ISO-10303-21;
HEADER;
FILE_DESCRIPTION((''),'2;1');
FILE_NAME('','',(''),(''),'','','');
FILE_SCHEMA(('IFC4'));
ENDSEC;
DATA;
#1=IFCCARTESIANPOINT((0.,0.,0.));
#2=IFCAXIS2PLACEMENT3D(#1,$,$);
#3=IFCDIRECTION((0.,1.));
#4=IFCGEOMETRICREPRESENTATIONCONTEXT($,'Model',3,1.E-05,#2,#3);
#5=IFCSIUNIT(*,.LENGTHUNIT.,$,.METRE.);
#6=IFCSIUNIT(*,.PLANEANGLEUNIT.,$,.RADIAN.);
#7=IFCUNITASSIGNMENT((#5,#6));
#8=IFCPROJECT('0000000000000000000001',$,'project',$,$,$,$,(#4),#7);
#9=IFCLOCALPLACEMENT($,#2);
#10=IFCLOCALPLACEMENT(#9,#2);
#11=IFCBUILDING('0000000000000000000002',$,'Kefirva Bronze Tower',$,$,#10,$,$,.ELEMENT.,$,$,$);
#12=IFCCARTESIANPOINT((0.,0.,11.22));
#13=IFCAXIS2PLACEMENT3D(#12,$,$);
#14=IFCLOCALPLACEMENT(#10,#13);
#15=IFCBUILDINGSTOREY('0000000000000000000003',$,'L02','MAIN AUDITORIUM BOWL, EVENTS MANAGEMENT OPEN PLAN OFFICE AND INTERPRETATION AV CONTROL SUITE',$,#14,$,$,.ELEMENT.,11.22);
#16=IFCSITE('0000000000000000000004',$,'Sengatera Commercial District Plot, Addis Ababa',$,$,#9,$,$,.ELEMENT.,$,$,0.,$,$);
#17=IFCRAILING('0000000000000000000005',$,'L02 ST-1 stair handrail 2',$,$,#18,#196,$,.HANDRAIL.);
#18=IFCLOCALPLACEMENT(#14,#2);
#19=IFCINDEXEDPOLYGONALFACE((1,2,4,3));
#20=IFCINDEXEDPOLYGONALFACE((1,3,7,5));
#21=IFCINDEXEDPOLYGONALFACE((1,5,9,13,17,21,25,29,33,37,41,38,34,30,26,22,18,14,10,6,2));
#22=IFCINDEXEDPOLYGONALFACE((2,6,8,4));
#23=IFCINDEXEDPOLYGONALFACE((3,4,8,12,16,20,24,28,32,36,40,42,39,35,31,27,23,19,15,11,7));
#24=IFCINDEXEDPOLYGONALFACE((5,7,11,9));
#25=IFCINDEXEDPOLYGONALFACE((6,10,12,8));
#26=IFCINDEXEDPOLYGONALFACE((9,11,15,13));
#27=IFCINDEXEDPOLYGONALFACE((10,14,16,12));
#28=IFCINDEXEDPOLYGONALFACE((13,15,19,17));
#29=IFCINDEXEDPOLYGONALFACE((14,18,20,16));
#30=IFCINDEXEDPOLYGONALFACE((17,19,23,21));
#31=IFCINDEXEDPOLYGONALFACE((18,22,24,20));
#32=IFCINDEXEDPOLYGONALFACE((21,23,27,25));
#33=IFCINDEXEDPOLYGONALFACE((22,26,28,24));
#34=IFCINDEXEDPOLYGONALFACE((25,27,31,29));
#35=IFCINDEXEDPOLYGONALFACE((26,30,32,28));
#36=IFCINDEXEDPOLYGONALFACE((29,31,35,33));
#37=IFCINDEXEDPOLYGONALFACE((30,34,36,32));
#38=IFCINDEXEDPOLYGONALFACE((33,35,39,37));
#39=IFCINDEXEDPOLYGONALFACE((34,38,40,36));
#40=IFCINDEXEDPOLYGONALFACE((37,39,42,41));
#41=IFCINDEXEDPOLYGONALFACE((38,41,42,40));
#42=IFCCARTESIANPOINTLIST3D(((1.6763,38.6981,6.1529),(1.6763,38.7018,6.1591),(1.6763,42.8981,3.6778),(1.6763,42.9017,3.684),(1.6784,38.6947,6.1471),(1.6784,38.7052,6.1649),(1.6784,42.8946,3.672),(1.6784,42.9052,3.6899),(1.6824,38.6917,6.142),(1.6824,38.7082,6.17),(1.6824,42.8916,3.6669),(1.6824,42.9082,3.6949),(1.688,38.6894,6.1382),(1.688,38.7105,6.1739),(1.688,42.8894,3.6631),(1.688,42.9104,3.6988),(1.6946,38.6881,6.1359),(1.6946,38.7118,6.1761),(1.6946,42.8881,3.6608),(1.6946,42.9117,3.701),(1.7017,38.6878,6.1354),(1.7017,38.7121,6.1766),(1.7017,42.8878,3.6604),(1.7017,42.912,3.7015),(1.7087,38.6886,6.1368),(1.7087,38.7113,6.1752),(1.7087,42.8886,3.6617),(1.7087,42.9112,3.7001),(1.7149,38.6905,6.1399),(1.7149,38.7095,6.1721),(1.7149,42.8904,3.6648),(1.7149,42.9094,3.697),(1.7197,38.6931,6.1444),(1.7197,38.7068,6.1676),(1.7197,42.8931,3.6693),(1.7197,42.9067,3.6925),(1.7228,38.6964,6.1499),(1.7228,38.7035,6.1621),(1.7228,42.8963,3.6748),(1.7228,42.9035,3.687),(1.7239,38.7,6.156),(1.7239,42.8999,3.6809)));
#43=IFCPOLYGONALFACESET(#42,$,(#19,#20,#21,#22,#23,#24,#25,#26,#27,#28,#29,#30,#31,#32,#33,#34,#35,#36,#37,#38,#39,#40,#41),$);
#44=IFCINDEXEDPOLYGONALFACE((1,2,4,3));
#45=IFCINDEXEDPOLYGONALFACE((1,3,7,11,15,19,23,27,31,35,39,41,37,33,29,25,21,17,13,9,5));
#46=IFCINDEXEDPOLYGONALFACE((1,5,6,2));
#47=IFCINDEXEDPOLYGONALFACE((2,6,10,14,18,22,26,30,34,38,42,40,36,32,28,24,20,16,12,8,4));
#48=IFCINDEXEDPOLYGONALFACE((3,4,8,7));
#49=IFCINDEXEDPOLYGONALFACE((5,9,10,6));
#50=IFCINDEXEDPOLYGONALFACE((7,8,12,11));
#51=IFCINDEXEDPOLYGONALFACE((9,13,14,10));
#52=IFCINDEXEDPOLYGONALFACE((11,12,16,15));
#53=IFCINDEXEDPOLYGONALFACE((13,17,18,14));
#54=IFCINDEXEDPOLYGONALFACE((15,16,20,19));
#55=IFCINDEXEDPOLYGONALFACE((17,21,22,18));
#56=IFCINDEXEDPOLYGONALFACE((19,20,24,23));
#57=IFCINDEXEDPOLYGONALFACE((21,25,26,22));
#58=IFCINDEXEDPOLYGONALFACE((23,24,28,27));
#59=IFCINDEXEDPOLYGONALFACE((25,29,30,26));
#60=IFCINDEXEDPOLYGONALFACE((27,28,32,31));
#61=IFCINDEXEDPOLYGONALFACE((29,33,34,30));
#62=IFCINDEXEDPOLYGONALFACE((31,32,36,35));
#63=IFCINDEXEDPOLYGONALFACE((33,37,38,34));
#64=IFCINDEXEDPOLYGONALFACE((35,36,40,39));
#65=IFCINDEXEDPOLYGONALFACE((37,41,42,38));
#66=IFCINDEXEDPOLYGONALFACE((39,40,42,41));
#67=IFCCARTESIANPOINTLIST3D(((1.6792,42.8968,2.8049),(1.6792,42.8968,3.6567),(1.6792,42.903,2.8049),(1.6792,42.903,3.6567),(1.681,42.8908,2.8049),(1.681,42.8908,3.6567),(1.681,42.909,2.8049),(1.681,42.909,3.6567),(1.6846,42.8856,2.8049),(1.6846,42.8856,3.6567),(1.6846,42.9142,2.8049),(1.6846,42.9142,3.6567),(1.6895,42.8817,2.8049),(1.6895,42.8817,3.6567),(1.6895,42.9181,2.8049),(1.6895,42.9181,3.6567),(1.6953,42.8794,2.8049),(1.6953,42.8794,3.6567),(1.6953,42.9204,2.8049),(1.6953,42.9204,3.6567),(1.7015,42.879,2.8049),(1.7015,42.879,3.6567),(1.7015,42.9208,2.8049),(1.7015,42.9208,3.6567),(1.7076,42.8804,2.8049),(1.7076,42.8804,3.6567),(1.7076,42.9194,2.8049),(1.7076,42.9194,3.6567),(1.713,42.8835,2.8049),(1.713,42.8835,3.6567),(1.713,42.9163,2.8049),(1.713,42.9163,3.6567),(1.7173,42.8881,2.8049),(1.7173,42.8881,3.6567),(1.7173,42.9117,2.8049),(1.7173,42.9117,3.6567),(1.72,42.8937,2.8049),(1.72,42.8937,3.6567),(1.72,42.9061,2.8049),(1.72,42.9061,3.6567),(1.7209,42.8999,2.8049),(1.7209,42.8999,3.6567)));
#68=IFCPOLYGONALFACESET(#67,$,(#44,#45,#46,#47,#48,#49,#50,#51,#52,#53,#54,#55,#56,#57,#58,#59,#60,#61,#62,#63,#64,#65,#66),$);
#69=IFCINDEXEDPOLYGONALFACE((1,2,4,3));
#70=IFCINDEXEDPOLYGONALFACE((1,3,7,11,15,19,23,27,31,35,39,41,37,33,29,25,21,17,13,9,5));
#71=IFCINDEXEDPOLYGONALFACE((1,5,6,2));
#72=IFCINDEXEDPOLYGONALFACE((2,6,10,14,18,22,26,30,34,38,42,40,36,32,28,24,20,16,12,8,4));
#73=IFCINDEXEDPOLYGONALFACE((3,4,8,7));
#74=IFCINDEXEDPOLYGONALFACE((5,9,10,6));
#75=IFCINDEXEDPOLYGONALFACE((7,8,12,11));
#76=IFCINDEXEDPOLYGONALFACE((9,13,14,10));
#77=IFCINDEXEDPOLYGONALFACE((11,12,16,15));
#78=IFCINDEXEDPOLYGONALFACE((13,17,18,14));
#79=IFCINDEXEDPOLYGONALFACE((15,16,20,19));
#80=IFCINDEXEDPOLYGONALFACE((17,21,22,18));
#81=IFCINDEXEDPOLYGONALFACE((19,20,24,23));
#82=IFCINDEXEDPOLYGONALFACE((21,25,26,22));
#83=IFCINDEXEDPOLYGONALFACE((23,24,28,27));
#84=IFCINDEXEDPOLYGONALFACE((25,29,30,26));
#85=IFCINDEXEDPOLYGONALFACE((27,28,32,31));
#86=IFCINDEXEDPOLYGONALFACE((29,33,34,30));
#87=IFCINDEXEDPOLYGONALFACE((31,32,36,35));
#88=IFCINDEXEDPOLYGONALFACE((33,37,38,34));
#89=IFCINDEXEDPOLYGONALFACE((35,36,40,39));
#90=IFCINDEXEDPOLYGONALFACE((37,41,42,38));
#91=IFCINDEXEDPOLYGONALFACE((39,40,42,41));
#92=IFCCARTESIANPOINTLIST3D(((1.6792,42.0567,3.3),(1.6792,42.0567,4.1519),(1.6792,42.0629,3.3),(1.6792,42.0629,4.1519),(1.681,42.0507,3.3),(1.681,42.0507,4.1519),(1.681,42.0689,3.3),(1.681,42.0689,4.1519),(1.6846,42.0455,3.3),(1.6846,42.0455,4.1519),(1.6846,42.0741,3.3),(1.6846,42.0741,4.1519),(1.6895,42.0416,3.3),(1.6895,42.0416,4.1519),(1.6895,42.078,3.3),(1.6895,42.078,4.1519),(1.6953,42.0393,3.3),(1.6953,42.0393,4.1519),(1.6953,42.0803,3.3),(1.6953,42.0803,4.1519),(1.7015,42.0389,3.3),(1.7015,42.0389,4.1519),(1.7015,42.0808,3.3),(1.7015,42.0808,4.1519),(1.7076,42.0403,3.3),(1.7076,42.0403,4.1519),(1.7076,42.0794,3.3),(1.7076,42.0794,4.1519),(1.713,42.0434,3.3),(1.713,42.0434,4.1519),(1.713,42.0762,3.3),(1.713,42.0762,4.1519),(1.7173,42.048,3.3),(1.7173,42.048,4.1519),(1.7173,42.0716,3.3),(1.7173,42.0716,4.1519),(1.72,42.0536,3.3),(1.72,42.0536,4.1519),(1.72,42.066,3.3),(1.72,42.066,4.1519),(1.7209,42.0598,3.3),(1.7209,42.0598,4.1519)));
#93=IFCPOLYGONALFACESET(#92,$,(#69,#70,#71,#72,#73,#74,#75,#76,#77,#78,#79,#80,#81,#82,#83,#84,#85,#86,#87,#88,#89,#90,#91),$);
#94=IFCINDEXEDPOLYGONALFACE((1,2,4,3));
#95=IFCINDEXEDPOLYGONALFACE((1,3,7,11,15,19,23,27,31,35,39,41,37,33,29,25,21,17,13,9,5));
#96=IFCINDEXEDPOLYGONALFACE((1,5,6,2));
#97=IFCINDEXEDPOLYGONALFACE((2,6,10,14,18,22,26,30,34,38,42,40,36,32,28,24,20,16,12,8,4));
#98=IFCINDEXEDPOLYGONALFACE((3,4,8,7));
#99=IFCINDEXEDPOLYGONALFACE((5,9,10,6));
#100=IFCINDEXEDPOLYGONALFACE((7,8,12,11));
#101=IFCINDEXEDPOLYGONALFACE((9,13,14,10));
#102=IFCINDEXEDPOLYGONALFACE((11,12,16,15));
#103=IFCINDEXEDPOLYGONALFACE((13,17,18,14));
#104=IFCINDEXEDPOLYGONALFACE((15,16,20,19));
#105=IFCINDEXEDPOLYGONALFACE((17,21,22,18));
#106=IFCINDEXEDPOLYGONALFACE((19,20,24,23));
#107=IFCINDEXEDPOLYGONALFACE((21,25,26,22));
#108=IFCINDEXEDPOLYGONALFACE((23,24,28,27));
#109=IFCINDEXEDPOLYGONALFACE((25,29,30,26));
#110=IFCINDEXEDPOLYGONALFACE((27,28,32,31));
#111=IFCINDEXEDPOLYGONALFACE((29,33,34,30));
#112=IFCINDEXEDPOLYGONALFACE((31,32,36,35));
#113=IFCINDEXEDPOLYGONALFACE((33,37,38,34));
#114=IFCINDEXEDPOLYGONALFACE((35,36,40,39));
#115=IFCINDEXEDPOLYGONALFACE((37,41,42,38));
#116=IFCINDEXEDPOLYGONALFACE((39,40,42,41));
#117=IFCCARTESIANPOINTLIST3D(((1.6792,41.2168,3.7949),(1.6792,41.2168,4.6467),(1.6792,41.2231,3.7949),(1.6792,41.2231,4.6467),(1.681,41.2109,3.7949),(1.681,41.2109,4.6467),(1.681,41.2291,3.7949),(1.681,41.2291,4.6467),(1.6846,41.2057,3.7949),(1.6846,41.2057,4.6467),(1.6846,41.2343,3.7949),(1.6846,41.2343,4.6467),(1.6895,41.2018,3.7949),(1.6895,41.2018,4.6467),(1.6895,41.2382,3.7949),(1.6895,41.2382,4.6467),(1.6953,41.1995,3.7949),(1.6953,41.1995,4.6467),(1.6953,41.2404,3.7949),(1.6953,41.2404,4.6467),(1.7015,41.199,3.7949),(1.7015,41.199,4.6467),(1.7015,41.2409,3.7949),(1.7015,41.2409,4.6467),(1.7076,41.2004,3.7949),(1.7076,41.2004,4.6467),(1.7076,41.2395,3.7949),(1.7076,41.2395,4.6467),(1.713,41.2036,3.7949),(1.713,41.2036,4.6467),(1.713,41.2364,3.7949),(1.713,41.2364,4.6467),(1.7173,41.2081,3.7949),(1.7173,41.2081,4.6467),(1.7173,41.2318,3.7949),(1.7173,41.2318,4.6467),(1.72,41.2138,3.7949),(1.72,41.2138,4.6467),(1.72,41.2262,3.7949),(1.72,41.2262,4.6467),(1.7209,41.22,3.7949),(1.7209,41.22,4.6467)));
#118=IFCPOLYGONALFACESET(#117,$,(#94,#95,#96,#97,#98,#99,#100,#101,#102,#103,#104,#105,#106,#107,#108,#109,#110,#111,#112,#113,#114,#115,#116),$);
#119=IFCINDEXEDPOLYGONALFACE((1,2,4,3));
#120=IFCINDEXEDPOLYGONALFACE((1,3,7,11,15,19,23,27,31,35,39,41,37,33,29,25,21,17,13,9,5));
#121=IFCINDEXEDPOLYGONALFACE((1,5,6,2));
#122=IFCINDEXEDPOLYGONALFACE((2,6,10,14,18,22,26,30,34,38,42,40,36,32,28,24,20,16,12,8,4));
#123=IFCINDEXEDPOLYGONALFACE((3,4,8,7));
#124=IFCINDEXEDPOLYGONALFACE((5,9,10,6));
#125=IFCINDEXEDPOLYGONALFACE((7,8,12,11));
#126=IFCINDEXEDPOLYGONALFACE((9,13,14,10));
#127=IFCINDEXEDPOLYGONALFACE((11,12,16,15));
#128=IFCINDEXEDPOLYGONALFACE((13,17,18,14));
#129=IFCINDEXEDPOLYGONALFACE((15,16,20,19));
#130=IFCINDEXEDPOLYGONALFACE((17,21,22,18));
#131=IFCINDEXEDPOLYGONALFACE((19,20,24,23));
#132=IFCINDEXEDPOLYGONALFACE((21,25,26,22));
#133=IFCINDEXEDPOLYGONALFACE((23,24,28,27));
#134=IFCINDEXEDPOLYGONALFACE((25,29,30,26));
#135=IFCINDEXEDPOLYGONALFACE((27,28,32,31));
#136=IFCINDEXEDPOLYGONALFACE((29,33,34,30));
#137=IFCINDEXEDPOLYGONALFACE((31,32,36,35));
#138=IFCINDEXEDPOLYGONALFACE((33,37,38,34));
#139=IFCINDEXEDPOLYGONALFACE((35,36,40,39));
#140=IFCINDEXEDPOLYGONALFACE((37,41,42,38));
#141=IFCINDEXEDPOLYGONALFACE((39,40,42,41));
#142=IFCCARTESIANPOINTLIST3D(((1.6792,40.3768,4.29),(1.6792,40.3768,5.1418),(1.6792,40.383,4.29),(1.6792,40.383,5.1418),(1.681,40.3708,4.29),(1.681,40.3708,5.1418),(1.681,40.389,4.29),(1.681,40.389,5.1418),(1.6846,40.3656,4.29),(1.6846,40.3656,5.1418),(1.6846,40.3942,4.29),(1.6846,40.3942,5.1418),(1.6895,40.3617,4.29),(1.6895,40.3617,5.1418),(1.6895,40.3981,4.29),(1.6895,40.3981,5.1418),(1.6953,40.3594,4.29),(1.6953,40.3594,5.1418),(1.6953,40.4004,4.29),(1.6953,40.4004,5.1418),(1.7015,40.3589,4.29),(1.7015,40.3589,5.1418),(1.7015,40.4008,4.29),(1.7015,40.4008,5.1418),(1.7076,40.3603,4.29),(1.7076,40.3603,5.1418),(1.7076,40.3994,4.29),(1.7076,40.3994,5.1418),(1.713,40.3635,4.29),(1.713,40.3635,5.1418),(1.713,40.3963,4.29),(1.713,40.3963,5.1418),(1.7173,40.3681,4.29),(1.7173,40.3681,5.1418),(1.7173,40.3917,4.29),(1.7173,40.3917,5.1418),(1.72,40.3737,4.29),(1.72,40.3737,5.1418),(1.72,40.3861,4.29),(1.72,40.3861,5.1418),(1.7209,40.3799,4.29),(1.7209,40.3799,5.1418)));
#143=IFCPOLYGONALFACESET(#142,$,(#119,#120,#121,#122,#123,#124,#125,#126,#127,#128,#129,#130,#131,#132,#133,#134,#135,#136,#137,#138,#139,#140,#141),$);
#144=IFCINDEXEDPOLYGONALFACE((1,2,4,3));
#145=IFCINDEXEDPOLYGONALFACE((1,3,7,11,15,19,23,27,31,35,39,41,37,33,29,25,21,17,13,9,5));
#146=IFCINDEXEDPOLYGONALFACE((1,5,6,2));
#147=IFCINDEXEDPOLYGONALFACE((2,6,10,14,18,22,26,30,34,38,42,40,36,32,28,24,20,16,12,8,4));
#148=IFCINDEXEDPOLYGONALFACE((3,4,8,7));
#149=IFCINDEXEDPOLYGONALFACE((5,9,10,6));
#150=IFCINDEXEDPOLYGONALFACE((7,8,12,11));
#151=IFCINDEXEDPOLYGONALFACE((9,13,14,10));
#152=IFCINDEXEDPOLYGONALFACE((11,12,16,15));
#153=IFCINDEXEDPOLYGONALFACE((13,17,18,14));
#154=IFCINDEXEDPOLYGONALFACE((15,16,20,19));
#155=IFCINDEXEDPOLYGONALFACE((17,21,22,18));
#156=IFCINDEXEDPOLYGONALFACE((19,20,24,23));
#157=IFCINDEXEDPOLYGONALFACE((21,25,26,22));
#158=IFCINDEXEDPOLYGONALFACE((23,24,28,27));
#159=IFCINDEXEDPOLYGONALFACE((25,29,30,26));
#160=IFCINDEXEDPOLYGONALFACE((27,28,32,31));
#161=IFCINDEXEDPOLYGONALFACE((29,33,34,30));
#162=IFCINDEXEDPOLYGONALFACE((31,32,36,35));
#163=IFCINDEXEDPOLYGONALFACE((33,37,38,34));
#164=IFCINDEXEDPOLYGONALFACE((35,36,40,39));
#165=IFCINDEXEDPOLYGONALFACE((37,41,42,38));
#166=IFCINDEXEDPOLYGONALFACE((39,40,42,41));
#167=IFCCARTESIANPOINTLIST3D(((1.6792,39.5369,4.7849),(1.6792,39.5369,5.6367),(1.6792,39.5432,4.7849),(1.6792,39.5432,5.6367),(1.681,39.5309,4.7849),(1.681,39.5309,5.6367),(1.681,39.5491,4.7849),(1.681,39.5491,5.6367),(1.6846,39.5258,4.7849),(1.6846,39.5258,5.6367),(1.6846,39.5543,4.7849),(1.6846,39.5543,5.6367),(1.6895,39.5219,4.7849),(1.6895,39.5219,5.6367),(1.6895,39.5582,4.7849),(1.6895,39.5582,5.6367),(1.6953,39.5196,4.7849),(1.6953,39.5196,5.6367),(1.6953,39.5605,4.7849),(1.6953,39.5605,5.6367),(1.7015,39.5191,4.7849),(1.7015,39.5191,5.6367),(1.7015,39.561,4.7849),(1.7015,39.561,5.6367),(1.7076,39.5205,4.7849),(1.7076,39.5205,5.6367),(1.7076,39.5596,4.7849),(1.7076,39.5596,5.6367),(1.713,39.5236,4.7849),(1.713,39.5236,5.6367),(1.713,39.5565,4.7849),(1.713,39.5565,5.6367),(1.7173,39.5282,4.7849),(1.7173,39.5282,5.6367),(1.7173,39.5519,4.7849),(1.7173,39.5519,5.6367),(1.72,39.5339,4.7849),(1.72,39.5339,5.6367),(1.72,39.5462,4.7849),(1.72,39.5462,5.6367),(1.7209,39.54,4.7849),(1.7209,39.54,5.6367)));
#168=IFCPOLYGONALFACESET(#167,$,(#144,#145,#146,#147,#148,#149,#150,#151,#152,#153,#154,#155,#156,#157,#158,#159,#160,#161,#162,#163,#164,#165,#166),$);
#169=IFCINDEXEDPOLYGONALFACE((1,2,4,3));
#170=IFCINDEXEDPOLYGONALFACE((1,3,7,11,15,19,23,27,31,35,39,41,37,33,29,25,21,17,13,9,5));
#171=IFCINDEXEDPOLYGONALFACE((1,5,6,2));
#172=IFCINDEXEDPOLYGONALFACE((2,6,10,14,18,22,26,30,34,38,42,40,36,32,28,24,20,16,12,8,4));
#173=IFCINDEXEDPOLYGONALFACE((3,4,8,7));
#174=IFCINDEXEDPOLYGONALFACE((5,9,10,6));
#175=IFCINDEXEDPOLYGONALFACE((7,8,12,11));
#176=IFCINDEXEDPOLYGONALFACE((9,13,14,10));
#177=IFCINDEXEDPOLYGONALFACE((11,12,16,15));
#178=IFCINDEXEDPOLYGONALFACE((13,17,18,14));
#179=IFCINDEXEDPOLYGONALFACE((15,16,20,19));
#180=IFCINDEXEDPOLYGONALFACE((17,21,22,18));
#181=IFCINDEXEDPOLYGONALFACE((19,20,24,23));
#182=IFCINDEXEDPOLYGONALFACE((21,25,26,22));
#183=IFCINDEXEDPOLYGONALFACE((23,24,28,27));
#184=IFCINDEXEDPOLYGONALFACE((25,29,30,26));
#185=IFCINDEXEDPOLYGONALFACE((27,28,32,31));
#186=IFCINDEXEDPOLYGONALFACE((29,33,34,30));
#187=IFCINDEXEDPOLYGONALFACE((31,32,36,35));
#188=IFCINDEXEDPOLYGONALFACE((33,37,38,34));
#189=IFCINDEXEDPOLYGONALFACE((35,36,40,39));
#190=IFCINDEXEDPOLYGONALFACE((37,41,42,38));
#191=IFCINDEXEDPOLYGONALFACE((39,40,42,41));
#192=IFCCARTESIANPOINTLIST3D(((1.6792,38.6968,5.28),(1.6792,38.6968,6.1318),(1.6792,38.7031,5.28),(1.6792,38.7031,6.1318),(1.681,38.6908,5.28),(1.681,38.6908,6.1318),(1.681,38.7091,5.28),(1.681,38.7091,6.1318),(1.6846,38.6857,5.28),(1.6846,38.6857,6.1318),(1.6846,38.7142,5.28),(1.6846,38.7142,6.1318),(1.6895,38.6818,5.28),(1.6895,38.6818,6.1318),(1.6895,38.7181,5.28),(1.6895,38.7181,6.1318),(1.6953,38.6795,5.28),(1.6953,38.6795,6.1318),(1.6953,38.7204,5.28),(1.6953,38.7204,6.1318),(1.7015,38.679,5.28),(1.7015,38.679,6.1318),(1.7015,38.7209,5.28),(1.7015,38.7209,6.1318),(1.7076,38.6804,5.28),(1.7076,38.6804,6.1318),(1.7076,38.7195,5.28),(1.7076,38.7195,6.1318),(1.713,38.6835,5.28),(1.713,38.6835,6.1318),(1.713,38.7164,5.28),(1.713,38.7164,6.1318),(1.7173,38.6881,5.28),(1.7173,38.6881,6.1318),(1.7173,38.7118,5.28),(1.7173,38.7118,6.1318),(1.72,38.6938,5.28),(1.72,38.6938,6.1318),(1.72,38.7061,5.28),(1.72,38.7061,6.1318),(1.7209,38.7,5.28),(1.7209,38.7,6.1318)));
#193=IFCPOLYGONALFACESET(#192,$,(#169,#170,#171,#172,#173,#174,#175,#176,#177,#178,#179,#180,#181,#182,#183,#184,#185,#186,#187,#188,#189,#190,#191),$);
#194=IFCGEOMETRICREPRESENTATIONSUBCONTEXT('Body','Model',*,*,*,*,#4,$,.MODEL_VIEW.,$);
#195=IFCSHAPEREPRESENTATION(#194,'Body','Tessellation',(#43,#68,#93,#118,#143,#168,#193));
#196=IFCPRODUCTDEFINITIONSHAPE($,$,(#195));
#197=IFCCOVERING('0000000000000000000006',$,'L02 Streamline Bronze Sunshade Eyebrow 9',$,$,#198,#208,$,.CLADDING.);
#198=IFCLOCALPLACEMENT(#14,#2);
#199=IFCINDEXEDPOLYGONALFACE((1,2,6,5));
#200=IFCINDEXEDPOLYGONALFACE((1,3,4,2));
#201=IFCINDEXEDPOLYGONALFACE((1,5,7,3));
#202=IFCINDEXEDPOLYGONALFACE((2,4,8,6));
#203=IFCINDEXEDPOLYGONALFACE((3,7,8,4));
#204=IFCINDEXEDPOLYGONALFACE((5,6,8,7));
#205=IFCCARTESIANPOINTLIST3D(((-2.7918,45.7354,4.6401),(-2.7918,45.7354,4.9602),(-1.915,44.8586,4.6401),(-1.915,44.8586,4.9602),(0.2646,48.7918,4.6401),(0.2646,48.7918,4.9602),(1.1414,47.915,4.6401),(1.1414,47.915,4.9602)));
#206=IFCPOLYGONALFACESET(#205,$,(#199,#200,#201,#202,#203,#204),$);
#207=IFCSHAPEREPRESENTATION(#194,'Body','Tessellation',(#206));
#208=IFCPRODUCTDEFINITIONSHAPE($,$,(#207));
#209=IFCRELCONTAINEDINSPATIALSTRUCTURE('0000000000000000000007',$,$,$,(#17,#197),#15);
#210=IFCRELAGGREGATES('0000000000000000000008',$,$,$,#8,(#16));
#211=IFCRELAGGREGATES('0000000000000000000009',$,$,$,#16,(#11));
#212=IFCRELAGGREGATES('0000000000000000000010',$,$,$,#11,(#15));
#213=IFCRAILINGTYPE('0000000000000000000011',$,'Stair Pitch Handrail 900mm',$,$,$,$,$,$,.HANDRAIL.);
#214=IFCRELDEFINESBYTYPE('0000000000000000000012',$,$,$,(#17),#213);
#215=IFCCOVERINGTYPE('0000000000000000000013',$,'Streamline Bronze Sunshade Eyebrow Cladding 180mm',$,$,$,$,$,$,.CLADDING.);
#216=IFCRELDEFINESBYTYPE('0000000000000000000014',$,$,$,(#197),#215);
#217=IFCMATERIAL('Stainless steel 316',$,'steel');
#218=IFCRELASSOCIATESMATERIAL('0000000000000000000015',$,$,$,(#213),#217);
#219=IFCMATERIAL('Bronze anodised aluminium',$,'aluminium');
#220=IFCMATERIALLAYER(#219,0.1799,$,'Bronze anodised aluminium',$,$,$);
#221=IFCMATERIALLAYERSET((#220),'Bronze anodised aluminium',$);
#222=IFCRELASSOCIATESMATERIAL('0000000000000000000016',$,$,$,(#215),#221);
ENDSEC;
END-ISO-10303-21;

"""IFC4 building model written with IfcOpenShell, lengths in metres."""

from ifc_helpers import new_model, si_unit, direction, frame, origin, origin_2d, place, context, subcontext, project, spatial, rectangle, circle, extrude, material, layer, layer_set, type_object, element, save


model = new_model("IFC4")

# Units and contexts
model_context = context("Model", 3, precision=1e-05, world=origin(), true_north=direction((0.0, 1.0)))
body_context = subcontext(model_context, "Body", "Model", "MODEL_VIEW")
ifc_project = project(units=[si_unit("LENGTHUNIT", "METRE"), si_unit("PLANEANGLEUNIT", "RADIAN")], contexts=[model_context])

# Site, building, storey
site_placement = place(None, origin())
site = spatial("IfcSite", under=ifc_project, at=site_placement, Name="Sengatera Commercial District Plot, Addis Ababa", CompositionType="ELEMENT", RefElevation=0.0)
building_placement = place(site_placement, origin())
building = spatial("IfcBuilding", under=site, at=building_placement, Name="Kefirva Bronze Tower", CompositionType="ELEMENT")
storey_placement = place(building_placement, frame((0.0, 0.0, 11.22)))
storey = spatial("IfcBuildingStorey", under=building, at=storey_placement, Name="L02", Description="MAIN AUDITORIUM BOWL, EVENTS MANAGEMENT OPEN PLAN OFFICE AND INTERPRETATION AV CONTROL SUITE", CompositionType="ELEMENT", Elevation=11.22)

# Shared definitions
ifc_material_1 = material(Name="Bronze anodised aluminium", Category="aluminium")

# Shared definitions
ifc_material_2 = material(Name="Stainless steel 316", Category="steel")

# Railing
railing_type_1 = type_object("IfcRailingType", Name="Stair Pitch Handrail 900mm", PredefinedType="HANDRAIL", material=ifc_material_2)
railing_1_placement = place(storey_placement, frame((1.7, 42.8999, 2.8049)))
element("IfcRailing", 1, at=railing_1_placement, inside=storey, type_object=railing_type_1, Name="L02 ST-1 stair handrail 2", PredefinedType="HANDRAIL", context=body_context, shape_type="SweptSolid", body=[
    extrude(circle(Radius=0.0239, at=origin_2d()), frame((0.0, 0.0, 0.876), z_axis=(0.0, -0.861527, 0.507712), x_axis=(1.0, 0.0, 0.0)), (0.0, 0.0, 1.0), 4.875),
    extrude(circle(Radius=0.021, at=origin_2d()), origin(), (0.0, 0.0, 1.0), 0.8518),
    extrude(circle(Radius=0.021, at=origin_2d()), frame((0.0, -0.8401, 0.4951)), (0.0, 0.0, 1.0), 0.8518),
    extrude(circle(Radius=0.021, at=origin_2d()), frame((0.0, -1.6799, 0.99)), (0.0, 0.0, 1.0), 0.8518),
    extrude(circle(Radius=0.021, at=origin_2d()), frame((0.0, -2.52, 1.4851)), (0.0, 0.0, 1.0), 0.8518),
    extrude(circle(Radius=0.021, at=origin_2d()), frame((0.0, -3.3599, 1.98)), (0.0, 0.0, 1.0), 0.8518),
    extrude(circle(Radius=0.021, at=origin_2d()), frame((0.0, -4.2, 2.4751)), (0.0, 0.0, 1.0), 0.8518),
])

# Covering
ifc_layer_1 = layer(ifc_material_1, 0.1799, Name="Bronze anodised aluminium")
ifc_layer_set_1 = layer_set([ifc_layer_1], Name="Bronze anodised aluminium")
covering_type_1 = type_object("IfcCoveringType", Name="Streamline Bronze Sunshade Eyebrow Cladding 180mm", PredefinedType="CLADDING", material=ifc_layer_set_1)
covering_1_placement = place(storey_placement, frame((-0.8252, 46.8252, 4.6401), z_axis=(0.0, 0.0, 1.0), x_axis=(-0.707107, -0.707107, 0.0)))
element("IfcCovering", 2, at=covering_1_placement, inside=storey, type_object=covering_type_1, Name="L02 Streamline Bronze Sunshade Eyebrow 9", PredefinedType="CLADDING", context=body_context, shape_type="SweptSolid", body=[
    extrude(rectangle(XDim=4.3225, YDim=1.24, at=origin_2d()), origin(), (0.0, 0.0, 1.0), 0.3201),
])

save(model, "model.ifc")
